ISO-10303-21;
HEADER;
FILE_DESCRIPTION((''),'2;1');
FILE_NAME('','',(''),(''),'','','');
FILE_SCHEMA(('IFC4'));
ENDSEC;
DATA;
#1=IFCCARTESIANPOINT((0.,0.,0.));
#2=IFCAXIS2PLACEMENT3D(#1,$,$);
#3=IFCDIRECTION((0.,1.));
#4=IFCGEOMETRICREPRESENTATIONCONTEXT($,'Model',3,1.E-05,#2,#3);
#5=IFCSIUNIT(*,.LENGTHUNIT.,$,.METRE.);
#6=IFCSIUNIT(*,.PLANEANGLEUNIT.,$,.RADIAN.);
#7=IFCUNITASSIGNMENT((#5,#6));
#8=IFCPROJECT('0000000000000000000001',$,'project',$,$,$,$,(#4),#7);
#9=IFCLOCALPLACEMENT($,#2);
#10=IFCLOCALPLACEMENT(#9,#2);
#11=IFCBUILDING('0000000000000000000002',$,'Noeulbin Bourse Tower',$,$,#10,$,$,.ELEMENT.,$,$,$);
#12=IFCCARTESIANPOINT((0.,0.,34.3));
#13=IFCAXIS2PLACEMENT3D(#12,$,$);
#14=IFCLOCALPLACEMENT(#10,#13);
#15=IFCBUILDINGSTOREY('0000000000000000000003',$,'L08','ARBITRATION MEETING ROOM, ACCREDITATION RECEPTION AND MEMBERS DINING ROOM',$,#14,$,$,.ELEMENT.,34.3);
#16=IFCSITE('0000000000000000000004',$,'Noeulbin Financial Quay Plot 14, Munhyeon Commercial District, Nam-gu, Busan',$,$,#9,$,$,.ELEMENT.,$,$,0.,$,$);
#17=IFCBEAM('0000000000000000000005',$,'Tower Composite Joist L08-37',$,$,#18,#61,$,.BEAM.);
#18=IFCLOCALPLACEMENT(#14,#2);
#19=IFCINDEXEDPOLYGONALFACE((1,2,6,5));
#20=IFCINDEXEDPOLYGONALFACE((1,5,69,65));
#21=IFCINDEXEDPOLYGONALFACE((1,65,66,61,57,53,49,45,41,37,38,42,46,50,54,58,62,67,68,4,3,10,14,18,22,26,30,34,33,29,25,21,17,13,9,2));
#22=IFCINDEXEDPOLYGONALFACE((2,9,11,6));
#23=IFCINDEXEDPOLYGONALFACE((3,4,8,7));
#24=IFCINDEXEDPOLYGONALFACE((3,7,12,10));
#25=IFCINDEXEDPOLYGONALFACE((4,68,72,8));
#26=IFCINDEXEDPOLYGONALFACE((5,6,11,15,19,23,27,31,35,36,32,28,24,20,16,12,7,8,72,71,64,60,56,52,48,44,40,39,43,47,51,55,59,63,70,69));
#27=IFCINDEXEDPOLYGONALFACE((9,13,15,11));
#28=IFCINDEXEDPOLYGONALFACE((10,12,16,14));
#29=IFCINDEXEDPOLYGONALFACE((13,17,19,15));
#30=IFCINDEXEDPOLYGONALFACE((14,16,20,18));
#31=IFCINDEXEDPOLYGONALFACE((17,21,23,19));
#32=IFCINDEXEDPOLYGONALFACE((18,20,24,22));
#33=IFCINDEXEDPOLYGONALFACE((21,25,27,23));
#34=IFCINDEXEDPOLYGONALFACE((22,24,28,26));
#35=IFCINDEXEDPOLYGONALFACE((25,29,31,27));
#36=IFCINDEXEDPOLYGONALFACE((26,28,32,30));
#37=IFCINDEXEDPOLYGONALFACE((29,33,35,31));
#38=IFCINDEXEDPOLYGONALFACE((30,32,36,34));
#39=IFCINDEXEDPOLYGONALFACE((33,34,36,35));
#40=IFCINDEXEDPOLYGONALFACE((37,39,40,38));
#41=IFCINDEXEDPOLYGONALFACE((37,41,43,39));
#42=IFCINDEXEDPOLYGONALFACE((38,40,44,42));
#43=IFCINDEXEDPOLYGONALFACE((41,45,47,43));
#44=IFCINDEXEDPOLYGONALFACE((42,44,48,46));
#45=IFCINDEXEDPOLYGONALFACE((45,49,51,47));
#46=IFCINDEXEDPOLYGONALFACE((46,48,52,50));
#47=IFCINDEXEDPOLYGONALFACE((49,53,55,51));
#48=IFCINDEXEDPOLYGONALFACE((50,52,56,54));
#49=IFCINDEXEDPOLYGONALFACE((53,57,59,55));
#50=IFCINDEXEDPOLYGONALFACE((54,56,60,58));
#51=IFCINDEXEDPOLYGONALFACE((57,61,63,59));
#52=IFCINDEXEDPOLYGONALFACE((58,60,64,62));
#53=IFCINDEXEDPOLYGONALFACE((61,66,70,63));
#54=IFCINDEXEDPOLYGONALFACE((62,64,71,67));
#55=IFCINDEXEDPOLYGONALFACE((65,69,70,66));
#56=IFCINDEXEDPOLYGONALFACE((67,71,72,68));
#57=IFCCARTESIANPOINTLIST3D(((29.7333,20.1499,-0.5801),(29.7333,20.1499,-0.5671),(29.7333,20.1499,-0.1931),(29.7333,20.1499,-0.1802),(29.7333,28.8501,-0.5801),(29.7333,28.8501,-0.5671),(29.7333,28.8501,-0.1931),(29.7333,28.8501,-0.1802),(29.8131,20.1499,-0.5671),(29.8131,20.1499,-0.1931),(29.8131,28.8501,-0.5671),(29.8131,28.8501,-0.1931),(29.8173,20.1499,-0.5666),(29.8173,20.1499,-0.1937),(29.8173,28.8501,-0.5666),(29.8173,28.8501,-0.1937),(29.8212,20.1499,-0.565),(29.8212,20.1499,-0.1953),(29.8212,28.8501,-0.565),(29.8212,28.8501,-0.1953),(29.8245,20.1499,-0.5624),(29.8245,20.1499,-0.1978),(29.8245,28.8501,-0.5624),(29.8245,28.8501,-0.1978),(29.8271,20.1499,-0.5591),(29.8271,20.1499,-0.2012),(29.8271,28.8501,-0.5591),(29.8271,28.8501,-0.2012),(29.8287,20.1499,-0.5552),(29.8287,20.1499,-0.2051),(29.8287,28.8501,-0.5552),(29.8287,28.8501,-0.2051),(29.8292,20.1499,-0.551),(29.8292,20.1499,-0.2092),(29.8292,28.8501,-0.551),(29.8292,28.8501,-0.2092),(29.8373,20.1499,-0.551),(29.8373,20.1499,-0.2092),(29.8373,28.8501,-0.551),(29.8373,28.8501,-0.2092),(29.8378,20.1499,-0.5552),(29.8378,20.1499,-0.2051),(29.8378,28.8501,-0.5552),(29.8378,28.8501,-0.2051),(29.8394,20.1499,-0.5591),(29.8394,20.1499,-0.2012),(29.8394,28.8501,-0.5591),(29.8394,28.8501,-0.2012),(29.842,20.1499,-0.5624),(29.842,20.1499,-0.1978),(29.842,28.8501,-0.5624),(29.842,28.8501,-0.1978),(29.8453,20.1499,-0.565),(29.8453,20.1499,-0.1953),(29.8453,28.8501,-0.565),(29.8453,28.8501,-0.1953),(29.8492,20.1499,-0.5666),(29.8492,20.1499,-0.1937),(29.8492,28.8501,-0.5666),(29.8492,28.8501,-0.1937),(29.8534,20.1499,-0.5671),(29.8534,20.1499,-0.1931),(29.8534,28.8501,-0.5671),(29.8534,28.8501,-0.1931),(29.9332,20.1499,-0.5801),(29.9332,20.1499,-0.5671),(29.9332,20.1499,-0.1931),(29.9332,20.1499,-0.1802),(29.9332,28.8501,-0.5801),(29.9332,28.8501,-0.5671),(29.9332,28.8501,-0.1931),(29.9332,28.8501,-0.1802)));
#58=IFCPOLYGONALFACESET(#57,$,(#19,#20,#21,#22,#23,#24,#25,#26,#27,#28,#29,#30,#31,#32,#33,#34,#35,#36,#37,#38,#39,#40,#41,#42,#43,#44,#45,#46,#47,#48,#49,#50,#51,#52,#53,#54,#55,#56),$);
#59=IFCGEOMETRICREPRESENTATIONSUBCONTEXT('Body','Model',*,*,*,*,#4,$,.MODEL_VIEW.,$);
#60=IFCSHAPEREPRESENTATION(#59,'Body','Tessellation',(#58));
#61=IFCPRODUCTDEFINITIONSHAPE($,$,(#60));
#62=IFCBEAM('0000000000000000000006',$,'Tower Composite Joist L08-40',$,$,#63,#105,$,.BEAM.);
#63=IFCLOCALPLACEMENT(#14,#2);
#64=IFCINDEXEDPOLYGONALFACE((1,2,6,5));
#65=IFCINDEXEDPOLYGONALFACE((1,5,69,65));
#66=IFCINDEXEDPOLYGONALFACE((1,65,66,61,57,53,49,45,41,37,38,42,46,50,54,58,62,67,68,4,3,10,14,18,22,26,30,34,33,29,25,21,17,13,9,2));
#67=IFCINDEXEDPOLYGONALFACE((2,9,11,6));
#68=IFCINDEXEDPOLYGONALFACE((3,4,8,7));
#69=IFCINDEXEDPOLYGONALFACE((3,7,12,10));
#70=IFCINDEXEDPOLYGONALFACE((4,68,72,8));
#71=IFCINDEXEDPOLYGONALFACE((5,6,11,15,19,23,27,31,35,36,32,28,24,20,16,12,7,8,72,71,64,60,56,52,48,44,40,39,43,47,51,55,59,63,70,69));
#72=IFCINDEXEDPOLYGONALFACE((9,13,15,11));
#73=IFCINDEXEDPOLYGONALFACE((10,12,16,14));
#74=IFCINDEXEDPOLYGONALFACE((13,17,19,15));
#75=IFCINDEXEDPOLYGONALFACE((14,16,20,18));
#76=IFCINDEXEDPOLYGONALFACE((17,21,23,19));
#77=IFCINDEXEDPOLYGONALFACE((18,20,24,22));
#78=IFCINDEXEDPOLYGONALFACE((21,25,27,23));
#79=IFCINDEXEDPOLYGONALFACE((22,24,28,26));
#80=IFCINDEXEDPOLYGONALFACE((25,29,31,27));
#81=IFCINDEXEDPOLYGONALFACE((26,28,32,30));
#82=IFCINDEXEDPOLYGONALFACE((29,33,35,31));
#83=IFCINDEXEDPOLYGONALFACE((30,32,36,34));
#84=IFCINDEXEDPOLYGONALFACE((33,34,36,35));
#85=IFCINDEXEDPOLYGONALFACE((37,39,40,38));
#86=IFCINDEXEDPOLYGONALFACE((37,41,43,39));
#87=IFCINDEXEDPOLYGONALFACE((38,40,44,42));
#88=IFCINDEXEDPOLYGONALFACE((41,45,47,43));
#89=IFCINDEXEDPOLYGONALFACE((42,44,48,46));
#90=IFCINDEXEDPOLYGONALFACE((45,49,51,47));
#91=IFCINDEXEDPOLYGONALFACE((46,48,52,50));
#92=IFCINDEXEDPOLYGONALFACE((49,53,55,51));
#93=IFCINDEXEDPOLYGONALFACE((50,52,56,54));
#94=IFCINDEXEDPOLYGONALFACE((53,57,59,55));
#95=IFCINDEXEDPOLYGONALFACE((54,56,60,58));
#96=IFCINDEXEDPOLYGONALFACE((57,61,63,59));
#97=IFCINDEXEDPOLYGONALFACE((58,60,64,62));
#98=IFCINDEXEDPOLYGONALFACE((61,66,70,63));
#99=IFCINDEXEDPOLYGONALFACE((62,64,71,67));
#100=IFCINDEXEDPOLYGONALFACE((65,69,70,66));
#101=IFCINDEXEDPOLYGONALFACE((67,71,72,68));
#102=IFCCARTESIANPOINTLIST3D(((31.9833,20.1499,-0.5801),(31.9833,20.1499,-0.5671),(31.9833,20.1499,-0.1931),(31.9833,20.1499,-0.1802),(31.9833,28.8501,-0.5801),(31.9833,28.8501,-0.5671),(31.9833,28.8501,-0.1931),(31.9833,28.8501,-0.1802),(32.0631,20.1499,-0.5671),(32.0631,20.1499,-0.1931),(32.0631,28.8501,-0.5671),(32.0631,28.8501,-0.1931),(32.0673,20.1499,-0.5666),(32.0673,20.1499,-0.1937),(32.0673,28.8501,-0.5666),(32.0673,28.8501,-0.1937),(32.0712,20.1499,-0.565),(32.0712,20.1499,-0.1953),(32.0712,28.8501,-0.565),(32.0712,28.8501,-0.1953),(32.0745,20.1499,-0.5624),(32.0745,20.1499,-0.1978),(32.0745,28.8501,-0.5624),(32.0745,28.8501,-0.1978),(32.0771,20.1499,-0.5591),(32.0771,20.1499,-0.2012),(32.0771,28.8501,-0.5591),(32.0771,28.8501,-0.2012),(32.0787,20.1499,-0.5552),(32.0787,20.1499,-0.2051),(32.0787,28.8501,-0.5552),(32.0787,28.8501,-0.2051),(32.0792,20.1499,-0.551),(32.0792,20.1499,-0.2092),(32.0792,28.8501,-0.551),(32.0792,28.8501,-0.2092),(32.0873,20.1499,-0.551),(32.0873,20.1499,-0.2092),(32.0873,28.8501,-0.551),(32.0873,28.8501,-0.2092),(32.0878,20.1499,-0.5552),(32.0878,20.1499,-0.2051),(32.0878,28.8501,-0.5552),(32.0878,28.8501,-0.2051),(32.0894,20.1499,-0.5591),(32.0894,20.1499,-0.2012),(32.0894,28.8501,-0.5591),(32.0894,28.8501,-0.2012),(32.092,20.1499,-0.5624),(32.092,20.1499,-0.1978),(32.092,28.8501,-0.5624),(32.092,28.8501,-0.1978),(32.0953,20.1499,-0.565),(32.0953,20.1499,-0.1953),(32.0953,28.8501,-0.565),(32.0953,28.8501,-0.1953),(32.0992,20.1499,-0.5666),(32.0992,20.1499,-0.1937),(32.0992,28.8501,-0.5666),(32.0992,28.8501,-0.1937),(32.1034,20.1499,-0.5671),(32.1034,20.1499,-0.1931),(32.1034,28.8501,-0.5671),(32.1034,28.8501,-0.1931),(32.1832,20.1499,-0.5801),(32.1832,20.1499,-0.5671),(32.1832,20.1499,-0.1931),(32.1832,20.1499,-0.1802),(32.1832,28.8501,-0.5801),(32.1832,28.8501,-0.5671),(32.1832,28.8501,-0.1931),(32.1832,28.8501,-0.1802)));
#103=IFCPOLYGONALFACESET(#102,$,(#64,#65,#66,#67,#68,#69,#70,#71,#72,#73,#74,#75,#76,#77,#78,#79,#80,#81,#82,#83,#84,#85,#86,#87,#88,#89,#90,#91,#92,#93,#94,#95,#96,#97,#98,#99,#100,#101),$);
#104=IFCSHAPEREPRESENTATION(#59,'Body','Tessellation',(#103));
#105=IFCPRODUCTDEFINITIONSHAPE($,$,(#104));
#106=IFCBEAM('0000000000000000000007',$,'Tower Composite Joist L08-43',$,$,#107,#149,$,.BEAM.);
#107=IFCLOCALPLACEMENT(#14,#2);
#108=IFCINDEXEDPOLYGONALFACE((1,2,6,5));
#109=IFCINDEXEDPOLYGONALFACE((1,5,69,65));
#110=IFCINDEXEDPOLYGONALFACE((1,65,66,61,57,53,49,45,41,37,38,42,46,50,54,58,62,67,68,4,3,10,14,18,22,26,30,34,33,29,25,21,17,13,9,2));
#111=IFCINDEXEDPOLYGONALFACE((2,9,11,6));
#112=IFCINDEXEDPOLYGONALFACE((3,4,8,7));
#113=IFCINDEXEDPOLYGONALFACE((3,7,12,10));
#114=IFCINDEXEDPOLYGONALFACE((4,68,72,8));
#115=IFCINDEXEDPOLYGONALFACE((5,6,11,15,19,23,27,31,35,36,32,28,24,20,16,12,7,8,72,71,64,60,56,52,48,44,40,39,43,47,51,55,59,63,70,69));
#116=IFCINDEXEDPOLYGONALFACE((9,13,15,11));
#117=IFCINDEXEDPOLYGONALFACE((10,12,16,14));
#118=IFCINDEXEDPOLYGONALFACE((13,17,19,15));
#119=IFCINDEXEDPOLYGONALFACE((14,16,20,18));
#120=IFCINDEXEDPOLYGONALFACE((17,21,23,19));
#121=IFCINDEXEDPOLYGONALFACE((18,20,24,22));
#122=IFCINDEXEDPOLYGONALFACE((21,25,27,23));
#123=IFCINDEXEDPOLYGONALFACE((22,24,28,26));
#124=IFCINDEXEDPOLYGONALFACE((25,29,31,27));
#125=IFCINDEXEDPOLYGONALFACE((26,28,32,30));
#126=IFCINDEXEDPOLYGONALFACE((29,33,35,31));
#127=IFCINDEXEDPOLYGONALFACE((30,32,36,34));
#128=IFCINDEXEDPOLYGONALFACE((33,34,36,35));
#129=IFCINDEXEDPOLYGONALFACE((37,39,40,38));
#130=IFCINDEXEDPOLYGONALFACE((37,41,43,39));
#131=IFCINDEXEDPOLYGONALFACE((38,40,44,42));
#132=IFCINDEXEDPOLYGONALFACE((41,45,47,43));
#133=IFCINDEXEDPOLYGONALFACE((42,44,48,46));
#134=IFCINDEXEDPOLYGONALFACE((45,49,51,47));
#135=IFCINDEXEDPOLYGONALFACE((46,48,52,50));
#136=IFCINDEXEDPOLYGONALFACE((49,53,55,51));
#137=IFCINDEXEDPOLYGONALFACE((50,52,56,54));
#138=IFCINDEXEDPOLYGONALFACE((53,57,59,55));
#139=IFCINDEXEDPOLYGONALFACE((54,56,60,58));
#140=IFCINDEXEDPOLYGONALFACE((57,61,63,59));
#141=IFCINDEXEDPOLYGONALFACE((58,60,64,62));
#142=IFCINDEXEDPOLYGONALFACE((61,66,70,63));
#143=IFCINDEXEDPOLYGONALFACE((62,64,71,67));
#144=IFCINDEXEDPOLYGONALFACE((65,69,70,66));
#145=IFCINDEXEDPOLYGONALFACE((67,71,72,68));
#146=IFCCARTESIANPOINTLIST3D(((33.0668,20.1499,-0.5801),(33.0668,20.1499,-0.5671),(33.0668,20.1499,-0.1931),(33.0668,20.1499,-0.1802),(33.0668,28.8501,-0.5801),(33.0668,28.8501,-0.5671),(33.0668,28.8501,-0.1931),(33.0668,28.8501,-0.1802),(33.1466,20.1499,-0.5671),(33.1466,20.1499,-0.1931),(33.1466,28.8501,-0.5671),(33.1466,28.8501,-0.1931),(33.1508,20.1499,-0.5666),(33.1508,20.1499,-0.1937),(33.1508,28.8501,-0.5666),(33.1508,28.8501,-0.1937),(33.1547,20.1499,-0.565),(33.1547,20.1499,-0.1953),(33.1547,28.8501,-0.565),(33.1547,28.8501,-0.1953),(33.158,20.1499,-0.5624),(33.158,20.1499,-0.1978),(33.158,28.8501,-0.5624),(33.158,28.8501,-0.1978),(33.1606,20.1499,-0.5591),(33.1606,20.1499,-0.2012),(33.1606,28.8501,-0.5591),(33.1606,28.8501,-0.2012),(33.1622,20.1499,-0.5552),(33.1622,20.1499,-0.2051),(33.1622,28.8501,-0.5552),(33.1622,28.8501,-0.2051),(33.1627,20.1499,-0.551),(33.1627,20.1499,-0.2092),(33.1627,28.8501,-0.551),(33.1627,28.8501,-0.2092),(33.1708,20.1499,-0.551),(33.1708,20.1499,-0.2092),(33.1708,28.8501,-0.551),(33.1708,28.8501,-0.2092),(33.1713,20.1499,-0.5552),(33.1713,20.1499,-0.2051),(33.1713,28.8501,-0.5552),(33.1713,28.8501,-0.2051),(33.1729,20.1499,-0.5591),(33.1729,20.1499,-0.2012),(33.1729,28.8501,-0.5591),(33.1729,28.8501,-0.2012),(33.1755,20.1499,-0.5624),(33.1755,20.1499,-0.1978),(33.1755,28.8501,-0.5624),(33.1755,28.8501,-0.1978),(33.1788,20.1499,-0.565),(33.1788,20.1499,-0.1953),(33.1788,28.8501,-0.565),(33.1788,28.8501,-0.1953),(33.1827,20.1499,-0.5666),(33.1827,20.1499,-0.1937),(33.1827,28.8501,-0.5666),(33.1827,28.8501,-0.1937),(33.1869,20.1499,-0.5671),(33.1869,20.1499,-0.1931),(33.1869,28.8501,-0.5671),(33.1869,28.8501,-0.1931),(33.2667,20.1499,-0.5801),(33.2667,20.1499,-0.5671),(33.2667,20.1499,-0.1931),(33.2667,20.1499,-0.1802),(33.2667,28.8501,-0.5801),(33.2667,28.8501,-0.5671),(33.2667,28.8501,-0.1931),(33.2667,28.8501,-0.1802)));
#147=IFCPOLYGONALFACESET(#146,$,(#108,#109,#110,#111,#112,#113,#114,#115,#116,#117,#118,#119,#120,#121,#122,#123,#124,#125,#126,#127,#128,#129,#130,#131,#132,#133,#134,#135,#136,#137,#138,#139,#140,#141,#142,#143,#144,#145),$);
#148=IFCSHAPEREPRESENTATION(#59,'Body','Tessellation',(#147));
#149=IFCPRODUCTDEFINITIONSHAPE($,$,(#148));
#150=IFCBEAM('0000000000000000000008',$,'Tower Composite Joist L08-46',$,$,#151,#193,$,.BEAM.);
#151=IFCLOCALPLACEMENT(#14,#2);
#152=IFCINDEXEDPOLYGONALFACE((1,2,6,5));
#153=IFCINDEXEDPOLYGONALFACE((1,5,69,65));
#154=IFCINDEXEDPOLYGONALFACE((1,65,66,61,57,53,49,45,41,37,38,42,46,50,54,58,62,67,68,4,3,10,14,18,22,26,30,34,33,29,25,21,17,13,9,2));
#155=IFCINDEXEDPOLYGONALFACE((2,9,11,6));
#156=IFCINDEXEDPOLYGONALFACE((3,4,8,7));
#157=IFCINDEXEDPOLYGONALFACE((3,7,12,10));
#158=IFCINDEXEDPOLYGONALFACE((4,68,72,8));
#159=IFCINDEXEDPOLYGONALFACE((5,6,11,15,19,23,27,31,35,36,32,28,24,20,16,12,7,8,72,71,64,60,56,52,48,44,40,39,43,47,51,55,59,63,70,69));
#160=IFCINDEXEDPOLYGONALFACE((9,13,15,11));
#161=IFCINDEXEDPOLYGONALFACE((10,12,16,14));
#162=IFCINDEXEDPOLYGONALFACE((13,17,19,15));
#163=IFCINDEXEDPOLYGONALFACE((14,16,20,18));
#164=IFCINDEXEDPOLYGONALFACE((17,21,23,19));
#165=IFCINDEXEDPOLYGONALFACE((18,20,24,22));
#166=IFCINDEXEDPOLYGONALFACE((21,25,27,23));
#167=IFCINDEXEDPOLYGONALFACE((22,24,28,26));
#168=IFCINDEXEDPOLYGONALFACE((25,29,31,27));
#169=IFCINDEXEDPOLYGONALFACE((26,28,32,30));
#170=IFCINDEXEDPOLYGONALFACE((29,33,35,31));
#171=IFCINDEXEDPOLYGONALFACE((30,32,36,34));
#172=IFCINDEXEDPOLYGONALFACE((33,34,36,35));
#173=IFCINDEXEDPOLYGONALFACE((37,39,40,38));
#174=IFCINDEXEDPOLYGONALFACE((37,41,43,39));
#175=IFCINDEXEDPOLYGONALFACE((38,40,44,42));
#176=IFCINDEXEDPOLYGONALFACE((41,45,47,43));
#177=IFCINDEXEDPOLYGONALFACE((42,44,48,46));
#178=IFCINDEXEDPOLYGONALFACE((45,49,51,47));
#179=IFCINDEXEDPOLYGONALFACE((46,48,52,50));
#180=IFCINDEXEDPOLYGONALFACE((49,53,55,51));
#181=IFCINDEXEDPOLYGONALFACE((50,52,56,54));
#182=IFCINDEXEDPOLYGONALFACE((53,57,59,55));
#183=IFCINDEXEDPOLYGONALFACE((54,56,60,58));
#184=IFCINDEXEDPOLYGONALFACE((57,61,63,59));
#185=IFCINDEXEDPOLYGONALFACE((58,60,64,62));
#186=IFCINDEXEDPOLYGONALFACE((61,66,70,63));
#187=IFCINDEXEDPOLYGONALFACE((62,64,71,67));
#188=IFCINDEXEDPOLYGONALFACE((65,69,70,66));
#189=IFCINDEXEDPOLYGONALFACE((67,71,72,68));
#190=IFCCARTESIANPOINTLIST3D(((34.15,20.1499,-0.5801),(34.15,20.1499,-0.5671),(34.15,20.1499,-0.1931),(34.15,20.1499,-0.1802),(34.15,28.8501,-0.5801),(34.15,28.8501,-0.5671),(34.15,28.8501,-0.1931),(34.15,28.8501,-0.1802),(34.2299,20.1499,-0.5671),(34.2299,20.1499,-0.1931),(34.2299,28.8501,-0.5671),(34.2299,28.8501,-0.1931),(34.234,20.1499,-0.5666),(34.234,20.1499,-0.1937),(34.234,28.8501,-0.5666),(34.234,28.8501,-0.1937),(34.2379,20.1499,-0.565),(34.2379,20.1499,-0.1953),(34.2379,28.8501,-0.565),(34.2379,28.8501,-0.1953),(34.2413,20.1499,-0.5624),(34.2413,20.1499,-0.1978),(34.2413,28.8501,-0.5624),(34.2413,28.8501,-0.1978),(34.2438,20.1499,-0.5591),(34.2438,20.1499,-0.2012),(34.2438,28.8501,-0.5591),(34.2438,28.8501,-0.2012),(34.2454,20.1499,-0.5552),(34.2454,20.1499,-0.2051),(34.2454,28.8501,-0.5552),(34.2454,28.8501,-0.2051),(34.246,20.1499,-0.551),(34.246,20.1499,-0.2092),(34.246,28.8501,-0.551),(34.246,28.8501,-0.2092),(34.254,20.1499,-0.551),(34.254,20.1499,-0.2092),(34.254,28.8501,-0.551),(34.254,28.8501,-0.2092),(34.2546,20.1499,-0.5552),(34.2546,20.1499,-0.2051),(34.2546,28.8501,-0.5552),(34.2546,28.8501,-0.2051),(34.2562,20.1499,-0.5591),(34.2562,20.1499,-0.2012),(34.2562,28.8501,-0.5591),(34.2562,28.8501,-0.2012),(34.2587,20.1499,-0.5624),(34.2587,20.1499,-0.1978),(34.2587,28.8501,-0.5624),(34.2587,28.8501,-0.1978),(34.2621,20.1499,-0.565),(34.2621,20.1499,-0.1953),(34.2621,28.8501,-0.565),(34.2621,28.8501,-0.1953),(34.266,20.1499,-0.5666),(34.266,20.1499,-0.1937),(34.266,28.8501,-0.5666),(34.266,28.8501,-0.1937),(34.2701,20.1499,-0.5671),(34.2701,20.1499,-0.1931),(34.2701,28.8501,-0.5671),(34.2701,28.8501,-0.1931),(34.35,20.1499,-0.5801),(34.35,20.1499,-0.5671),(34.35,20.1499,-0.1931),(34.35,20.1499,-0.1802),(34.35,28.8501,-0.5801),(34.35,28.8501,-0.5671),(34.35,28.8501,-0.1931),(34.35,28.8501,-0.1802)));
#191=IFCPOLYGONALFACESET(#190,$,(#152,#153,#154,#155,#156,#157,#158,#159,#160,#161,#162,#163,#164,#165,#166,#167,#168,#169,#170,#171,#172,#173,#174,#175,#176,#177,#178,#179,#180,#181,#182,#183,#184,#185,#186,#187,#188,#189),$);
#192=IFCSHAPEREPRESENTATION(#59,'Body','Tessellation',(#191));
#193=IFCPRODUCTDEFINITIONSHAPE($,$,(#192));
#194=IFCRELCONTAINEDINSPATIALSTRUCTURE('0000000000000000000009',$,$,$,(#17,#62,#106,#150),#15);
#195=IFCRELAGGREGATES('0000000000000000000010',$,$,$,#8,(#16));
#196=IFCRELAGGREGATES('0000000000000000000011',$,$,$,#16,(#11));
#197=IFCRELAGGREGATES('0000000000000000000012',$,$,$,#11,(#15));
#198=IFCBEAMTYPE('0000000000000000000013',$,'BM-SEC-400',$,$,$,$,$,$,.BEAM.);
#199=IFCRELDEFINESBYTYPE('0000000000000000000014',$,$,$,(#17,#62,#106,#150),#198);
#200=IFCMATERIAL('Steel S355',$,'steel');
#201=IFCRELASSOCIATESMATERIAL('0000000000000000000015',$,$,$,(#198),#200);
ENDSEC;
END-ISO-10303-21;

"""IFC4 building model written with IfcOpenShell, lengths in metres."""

from ifc_helpers import new_model, si_unit, direction, frame, origin, origin_2d, place, context, subcontext, project, spatial, i_section, extrude, material, material_profile, profile_set, type_object, element, save


model = new_model("IFC4")

# Units and contexts
model_context = context("Model", 3, precision=1e-05, world=origin(), true_north=direction((0.0, 1.0)))
body_context = subcontext(model_context, "Body", "Model", "MODEL_VIEW")
ifc_project = project(units=[si_unit("LENGTHUNIT", "METRE"), si_unit("PLANEANGLEUNIT", "RADIAN")], contexts=[model_context])

# Site, building, storey
site_placement = place(None, origin())
site = spatial("IfcSite", under=ifc_project, at=site_placement, Name="Noeulbin Financial Quay Plot 14, Munhyeon Commercial District, Nam-gu, Busan", CompositionType="ELEMENT", RefElevation=0.0)
building_placement = place(site_placement, origin())
building = spatial("IfcBuilding", under=site, at=building_placement, Name="Noeulbin Bourse Tower", CompositionType="ELEMENT")
storey_placement = place(building_placement, frame((0.0, 0.0, 34.3)))
storey = spatial("IfcBuildingStorey", under=building, at=storey_placement, Name="L08", Description="ARBITRATION MEETING ROOM, ACCREDITATION RECEPTION AND MEMBERS DINING ROOM", CompositionType="ELEMENT", Elevation=34.3)

# Beams
ifc_material_1 = material(Name="Steel S355", Category="steel")
ifc_material_profile_1 = material_profile(ifc_material_1, i_section(OverallWidth=0.2, OverallDepth=0.3999, WebThickness=0.0081, FlangeThickness=0.0129, FilletRadius=0.0161, at=origin_2d()), Name="H-400x200x8x13", Category="LoadBearing")
ifc_profile_set_1 = profile_set([ifc_material_profile_1], Name="Steel S355")
beam_type_1 = type_object("IfcBeamType", Name="BM-SEC-400", PredefinedType="BEAM", material=ifc_profile_set_1)
for number, where, z_axis, x_axis, name in (
    (1, (29.8333, 20.1499, -0.3801), (0.0, 1.0, 0.0), (-1.0, 0.0, 0.0), "Tower Composite Joist L08-37"),
    (2, (32.0833, 20.1499, -0.3801), (0.0, 1.0, 0.0), (-1.0, 0.0, 0.0), "Tower Composite Joist L08-40"),
    (3, (33.1667, 20.1499, -0.3801), (0.0, 1.0, 0.0), (-1.0, 0.0, 0.0), "Tower Composite Joist L08-43"),
    (4, (34.25, 20.1499, -0.3801), (0.0, 1.0, 0.0), (-1.0, 0.0, 0.0), "Tower Composite Joist L08-46"),
):
    element("IfcBeam", number, at=place(storey_placement, frame(where, z_axis=z_axis, x_axis=x_axis)), inside=storey, type_object=beam_type_1, Name=name, PredefinedType="BEAM", context=body_context, shape_type="SweptSolid", body=[
        extrude(i_section(OverallWidth=0.2, OverallDepth=0.3999, WebThickness=0.0081, FlangeThickness=0.0129, FilletRadius=0.0161, at=origin_2d()), origin(), (0.0, 0.0, 1.0), 8.7002),
    ])

save(model, "model.ifc")
